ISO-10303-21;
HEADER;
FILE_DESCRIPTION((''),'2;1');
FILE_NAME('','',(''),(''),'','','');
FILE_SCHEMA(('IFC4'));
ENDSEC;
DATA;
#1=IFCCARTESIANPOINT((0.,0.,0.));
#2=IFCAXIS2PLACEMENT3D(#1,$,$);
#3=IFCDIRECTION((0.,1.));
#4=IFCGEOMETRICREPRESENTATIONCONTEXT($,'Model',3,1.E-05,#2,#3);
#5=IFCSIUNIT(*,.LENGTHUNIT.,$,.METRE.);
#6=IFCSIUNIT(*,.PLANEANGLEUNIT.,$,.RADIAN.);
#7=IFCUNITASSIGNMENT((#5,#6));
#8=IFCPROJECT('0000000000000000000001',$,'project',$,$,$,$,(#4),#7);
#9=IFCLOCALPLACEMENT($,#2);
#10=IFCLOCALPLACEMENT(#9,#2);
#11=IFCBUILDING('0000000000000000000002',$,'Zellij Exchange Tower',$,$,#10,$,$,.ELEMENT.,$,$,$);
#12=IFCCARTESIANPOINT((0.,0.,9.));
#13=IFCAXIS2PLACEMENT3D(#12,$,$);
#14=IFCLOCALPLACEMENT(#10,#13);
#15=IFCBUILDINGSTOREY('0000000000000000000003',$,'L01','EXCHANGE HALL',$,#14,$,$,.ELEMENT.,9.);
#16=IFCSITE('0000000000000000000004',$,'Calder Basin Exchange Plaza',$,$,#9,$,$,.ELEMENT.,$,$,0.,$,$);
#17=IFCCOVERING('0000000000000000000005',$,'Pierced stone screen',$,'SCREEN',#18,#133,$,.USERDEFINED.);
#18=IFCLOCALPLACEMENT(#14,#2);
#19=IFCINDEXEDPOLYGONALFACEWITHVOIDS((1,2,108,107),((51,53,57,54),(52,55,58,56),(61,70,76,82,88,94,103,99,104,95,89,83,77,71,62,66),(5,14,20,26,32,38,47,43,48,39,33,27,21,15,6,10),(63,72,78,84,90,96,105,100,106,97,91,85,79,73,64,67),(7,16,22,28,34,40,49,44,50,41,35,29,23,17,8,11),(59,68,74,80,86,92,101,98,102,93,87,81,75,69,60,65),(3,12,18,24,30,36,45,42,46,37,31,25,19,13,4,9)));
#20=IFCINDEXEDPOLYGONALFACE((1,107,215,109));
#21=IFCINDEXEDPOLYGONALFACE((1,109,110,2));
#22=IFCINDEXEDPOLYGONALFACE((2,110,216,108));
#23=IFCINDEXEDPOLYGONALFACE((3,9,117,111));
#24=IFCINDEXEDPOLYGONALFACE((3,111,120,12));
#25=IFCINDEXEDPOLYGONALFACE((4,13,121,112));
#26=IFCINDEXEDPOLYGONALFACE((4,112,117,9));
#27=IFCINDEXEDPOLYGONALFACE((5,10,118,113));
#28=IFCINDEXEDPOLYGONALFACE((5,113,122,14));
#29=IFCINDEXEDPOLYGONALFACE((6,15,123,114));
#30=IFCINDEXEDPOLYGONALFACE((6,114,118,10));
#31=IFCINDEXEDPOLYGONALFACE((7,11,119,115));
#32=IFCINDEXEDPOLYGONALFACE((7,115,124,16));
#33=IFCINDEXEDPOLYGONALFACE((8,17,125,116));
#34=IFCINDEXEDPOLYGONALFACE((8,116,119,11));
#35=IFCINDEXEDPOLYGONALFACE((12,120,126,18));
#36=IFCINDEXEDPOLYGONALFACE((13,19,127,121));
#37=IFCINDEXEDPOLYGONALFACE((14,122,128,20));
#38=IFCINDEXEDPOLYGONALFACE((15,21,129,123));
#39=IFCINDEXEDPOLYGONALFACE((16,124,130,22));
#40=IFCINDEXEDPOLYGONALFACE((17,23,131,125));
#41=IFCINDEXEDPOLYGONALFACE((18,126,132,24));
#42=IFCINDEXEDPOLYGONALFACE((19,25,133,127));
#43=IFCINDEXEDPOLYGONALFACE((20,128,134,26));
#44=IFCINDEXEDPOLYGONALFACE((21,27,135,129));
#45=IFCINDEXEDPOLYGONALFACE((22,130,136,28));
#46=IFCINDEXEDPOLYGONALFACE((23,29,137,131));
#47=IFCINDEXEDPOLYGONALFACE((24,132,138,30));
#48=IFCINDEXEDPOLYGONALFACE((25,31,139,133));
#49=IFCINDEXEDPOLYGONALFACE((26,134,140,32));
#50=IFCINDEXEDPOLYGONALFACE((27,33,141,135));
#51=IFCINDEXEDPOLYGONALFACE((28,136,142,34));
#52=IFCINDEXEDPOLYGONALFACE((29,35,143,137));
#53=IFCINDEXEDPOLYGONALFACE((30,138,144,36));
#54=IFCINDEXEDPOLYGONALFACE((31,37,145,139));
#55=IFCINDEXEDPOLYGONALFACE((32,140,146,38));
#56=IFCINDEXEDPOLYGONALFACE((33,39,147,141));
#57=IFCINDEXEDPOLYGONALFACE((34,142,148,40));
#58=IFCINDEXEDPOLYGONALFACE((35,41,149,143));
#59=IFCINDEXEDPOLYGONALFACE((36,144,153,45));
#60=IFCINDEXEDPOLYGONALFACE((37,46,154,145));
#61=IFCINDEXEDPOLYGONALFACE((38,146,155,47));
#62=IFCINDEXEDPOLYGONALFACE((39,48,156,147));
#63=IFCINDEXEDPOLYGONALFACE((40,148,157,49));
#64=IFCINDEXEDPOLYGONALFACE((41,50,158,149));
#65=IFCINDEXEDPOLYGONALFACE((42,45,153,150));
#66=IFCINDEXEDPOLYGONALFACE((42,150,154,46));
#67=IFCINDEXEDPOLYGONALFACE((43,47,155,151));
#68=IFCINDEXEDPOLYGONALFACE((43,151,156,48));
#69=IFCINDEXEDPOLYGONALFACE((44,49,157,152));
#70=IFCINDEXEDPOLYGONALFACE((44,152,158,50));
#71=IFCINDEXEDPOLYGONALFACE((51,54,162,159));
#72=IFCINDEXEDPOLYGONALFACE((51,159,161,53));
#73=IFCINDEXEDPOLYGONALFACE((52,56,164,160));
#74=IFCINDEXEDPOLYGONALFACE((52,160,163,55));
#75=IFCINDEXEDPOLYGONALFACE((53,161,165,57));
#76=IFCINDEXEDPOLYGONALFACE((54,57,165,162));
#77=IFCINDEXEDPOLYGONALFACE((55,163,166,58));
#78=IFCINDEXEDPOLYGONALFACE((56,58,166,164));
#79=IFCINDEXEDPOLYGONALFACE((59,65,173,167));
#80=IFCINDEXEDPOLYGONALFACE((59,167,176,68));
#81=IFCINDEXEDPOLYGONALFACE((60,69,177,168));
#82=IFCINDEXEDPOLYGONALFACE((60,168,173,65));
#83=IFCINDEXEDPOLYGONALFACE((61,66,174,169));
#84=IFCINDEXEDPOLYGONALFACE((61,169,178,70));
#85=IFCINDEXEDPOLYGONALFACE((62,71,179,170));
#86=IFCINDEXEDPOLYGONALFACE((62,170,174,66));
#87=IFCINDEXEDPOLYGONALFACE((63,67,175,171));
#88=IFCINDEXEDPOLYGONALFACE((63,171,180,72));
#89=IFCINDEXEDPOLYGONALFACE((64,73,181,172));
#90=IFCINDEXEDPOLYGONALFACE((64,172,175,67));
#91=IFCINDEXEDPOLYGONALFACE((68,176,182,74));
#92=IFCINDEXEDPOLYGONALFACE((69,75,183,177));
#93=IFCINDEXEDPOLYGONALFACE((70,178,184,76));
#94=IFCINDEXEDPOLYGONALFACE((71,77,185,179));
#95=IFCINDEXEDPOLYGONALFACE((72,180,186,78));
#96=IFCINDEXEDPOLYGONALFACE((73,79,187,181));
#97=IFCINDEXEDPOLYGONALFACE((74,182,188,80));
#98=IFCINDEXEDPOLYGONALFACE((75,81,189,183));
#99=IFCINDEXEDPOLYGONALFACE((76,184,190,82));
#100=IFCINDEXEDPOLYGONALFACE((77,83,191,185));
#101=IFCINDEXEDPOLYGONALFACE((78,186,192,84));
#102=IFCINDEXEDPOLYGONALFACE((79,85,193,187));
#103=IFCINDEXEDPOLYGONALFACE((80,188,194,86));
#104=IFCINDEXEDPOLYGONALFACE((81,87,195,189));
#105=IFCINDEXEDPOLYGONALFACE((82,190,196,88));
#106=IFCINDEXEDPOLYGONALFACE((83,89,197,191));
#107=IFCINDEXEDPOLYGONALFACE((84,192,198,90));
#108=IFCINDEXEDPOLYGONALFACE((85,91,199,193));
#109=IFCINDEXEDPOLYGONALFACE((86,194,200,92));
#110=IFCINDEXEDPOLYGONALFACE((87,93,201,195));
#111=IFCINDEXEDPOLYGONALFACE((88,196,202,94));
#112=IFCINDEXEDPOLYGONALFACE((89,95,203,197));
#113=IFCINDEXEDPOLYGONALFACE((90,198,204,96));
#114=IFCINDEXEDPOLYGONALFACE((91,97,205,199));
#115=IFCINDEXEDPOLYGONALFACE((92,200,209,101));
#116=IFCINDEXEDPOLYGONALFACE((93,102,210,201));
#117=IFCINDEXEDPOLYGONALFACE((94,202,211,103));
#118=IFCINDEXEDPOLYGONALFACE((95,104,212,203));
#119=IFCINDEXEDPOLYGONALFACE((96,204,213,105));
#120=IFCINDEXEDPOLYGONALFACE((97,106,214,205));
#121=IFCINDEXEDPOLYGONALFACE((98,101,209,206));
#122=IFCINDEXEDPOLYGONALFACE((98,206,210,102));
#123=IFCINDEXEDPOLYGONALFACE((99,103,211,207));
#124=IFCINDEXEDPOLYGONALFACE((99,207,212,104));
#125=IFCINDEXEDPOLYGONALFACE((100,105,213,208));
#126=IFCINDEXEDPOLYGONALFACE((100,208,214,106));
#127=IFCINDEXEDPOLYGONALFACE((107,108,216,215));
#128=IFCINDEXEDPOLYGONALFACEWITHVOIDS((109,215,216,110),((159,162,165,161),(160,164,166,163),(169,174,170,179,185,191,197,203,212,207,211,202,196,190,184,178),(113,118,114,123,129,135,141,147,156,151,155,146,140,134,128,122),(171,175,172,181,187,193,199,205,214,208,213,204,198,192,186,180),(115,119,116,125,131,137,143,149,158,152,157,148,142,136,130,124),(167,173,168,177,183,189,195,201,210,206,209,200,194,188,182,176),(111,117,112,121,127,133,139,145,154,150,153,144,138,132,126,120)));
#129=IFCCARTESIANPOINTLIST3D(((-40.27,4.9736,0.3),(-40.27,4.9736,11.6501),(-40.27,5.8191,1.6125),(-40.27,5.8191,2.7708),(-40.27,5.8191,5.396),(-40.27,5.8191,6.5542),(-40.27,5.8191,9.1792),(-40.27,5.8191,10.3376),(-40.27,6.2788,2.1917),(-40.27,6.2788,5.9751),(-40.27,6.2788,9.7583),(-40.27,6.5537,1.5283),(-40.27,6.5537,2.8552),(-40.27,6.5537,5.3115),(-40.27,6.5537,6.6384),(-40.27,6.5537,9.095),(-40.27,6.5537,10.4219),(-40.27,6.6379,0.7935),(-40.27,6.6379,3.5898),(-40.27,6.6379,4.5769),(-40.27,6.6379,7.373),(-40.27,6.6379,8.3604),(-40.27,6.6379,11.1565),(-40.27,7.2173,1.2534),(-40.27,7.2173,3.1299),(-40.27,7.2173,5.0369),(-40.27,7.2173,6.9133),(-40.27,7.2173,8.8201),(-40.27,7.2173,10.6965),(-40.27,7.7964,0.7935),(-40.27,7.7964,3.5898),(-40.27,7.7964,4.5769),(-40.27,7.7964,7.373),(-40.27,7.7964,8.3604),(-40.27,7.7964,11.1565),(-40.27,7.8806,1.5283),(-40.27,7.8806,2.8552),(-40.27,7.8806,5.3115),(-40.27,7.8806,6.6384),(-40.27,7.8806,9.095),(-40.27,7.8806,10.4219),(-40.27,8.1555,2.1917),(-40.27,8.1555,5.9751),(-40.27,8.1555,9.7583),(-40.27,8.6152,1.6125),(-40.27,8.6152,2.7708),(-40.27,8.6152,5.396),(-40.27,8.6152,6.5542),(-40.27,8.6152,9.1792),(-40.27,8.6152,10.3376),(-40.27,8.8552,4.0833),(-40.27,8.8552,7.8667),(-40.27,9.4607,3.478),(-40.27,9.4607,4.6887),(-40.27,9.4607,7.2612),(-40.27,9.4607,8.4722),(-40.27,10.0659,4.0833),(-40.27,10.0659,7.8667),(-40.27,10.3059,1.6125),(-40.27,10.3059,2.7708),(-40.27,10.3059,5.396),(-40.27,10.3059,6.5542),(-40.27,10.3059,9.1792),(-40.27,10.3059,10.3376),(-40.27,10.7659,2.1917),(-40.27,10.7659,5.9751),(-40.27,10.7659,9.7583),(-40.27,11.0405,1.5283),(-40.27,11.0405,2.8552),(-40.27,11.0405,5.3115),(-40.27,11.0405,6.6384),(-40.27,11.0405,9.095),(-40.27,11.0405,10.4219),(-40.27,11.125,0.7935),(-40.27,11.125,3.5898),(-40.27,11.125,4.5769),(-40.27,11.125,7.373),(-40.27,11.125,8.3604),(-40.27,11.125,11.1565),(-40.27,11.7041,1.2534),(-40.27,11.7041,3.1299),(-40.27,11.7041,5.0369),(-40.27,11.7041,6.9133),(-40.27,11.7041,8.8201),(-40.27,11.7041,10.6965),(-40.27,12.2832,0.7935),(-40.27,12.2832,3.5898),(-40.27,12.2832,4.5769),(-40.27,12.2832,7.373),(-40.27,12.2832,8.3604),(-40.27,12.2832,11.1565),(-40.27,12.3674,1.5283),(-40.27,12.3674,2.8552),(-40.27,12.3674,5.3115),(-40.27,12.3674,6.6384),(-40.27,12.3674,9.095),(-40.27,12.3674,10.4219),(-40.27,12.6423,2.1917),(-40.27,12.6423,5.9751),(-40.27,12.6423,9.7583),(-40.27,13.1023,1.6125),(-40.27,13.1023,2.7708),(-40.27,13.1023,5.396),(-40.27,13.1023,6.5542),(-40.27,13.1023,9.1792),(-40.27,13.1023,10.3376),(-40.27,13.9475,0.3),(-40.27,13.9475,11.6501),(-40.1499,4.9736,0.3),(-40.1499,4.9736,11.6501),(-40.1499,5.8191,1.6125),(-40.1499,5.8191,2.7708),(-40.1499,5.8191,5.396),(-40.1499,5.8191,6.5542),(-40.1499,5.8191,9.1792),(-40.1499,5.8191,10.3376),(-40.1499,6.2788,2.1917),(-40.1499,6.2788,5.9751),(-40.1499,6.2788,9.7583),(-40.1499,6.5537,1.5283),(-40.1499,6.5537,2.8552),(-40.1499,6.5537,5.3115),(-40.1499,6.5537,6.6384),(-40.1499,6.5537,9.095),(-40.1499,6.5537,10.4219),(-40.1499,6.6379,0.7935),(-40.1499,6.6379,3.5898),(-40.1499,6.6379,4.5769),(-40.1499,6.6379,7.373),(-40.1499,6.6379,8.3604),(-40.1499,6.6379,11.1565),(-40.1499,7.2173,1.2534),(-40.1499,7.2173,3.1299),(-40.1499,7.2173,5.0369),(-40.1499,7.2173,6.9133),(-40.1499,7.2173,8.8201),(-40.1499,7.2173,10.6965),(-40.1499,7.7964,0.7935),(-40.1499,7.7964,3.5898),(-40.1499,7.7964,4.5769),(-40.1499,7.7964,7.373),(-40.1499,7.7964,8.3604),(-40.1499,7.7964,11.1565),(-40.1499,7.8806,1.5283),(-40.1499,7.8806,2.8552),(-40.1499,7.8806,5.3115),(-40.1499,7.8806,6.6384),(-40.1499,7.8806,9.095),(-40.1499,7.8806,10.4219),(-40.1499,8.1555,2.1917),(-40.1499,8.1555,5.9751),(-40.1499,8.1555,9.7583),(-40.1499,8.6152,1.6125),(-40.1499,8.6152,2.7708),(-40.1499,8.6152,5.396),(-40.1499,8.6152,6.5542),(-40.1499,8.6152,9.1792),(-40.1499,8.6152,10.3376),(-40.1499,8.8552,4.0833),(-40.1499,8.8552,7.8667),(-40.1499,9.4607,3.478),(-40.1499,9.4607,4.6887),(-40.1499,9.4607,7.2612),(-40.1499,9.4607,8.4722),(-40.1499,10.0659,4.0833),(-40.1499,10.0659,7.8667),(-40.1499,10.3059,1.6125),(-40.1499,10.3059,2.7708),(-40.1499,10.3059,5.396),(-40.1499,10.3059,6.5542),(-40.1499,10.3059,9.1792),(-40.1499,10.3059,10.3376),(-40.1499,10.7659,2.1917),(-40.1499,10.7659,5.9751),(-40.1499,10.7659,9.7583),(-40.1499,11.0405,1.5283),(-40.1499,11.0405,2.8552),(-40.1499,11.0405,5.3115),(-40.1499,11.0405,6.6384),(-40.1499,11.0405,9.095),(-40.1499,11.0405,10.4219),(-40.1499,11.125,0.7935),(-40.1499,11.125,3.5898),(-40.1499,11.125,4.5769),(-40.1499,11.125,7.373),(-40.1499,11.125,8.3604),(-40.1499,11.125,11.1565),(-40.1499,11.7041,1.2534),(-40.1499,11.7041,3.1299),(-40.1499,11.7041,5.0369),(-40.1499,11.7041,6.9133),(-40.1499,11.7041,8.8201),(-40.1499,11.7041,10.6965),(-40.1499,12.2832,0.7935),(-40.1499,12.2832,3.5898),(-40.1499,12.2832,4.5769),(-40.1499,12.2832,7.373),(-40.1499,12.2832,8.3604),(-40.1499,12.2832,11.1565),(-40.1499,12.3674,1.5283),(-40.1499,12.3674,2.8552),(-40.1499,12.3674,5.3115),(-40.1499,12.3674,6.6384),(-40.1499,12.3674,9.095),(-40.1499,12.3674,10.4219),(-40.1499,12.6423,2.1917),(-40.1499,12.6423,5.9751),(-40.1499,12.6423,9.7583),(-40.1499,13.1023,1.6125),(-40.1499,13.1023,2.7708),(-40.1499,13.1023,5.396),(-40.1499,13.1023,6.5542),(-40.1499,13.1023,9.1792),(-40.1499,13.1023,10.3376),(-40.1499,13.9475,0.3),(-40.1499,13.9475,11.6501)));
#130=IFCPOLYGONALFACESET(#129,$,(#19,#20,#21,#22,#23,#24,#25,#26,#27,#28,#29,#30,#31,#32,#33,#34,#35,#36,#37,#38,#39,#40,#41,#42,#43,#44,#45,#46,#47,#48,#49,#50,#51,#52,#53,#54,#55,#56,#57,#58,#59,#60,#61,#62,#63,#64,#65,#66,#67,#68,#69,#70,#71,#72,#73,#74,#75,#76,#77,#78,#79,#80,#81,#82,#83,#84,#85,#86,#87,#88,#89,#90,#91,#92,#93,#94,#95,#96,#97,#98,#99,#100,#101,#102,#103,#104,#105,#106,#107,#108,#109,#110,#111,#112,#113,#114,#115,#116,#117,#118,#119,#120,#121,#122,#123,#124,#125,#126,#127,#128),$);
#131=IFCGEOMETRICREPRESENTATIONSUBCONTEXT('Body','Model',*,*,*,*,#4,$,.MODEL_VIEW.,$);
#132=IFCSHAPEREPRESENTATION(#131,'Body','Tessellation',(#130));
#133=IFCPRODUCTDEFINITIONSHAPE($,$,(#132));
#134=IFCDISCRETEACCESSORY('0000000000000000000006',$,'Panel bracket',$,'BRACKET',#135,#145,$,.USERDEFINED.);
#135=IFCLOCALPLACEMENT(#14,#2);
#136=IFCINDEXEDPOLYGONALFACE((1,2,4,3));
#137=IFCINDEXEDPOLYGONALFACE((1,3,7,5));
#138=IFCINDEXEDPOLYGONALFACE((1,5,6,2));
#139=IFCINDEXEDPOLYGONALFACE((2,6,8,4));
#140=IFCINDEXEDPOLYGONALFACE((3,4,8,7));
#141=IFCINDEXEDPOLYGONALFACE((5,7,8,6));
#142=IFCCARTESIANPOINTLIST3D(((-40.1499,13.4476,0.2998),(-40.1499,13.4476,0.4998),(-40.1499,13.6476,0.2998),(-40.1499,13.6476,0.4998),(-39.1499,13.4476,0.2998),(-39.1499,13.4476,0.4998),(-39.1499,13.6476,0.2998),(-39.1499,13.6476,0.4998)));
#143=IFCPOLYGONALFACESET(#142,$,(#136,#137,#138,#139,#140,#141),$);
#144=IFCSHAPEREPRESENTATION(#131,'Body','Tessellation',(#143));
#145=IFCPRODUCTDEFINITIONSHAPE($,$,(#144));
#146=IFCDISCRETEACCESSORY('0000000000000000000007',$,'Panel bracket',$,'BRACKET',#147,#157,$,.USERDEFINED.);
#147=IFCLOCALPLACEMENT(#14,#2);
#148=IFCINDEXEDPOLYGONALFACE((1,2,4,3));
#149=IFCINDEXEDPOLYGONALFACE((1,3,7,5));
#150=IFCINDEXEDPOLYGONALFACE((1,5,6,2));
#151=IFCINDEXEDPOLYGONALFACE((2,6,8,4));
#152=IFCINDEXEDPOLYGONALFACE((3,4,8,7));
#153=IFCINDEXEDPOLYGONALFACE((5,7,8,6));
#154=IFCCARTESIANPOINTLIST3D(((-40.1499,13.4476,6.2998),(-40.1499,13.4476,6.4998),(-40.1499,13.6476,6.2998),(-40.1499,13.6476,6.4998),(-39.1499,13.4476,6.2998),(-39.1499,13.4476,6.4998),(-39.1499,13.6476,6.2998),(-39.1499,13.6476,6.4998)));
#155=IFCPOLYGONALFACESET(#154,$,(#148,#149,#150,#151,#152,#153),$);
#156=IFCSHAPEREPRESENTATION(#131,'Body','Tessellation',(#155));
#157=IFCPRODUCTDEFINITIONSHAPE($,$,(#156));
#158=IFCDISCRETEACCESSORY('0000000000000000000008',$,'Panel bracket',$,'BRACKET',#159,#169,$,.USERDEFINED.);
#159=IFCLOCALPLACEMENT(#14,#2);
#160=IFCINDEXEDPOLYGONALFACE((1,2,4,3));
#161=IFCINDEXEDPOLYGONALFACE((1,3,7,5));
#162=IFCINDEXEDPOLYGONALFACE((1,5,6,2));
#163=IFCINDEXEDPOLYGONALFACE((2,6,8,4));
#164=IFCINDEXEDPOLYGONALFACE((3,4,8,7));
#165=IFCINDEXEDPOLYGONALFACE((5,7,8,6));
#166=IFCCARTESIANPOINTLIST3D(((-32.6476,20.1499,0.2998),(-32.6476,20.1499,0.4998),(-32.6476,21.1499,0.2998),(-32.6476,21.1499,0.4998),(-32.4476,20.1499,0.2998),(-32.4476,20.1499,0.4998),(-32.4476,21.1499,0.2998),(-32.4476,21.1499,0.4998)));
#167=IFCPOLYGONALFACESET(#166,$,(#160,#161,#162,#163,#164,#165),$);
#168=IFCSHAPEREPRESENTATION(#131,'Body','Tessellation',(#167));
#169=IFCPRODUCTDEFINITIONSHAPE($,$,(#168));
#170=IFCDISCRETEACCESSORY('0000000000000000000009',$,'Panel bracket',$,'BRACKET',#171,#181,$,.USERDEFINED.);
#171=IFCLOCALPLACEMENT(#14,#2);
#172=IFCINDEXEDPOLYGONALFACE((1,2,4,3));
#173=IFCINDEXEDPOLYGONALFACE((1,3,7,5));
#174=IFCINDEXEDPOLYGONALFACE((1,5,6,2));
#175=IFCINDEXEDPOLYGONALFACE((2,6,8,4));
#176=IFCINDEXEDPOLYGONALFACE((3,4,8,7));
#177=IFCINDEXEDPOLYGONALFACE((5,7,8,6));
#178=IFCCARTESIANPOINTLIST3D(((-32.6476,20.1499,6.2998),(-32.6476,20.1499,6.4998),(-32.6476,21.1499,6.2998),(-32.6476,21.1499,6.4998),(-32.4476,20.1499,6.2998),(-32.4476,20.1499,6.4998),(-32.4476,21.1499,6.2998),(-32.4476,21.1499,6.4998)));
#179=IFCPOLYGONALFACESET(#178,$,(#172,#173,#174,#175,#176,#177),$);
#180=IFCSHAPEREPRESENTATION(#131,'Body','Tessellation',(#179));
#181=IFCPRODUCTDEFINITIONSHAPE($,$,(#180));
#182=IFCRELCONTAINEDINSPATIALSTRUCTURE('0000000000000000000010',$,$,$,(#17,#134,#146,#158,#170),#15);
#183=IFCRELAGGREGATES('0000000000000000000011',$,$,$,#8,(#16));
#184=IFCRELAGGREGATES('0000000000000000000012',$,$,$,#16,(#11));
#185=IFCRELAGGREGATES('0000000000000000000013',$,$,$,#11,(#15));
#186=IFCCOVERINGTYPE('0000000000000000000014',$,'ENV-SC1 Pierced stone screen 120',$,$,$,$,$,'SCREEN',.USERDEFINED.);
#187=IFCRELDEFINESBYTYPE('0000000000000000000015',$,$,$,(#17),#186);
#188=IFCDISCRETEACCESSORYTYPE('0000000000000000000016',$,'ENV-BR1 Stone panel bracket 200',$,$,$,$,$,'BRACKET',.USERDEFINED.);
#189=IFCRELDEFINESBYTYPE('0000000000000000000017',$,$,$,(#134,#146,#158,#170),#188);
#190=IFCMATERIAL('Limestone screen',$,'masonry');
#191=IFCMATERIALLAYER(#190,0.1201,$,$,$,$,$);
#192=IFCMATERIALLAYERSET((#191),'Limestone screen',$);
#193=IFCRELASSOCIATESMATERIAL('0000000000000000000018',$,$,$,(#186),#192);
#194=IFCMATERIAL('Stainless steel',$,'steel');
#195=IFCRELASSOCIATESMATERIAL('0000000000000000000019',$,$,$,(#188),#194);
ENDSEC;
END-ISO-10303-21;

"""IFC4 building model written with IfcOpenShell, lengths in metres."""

from ifc_helpers import new_model, si_unit, direction, frame, origin, origin_2d, place, context, subcontext, project, spatial, polyline, rectangle, outline, extrude, material, layer, layer_set, type_object, element, save


model = new_model("IFC4")

# Units and contexts
model_context = context("Model", 3, precision=1e-05, world=origin(), true_north=direction((0.0, 1.0)))
body_context = subcontext(model_context, "Body", "Model", "MODEL_VIEW")
ifc_project = project(units=[si_unit("LENGTHUNIT", "METRE"), si_unit("PLANEANGLEUNIT", "RADIAN")], contexts=[model_context])

# Site, building, storey
site_placement = place(None, origin())
site = spatial("IfcSite", under=ifc_project, at=site_placement, Name="Calder Basin Exchange Plaza", CompositionType="ELEMENT", RefElevation=0.0)
building_placement = place(site_placement, origin())
building = spatial("IfcBuilding", under=site, at=building_placement, Name="Zellij Exchange Tower", CompositionType="ELEMENT")
storey_placement = place(building_placement, frame((0.0, 0.0, 9.0)))
storey = spatial("IfcBuildingStorey", under=building, at=storey_placement, Name="L01", Description="EXCHANGE HALL", CompositionType="ELEMENT", Elevation=9.0)

# Covering
ifc_material_1 = material(Name="Limestone screen", Category="masonry")
ifc_layer_1 = layer(ifc_material_1, 0.1201)
ifc_layer_set_1 = layer_set([ifc_layer_1], Name="Limestone screen")
covering_type = type_object("IfcCoveringType", Name="ENV-SC1 Pierced stone screen 120", ElementType="SCREEN", PredefinedType="USERDEFINED", material=ifc_layer_set_1)
covering_placement = place(storey_placement, frame((-40.21, 13.9475, 0.3), z_axis=(0.0, 0.0, 1.0), x_axis=(0.0, -1.0, 0.0)))
element("IfcCovering", 1, at=covering_placement, inside=storey, type_object=covering_type, Name="Pierced stone screen", ObjectType="SCREEN", PredefinedType="USERDEFINED", context=body_context, shape_type="SweptSolid", body=[
    extrude(outline(polyline([(0.0, 0.0), (8.9739, 0.0), (8.9739, 11.3501), (0.0, 11.3501), (0.0, 0.0)]), holes=[polyline([(3.6416, 2.4707), (2.907, 2.5552), (2.8225, 3.2898), (2.2434, 2.8298), (1.6643, 3.2898), (1.5801, 2.5552), (0.8452, 2.4707), (1.3052, 1.8916), (0.8452, 1.3125), (1.5801, 1.2283), (1.6643, 0.4934), (2.2434, 0.9534), (2.8225, 0.4934), (2.907, 1.2283), (3.6416, 1.3125), (3.1816, 1.8916), (3.6416, 2.4707)]), polyline([(3.6416, 6.2542), (2.907, 6.3384), (2.8225, 7.073), (2.2434, 6.6133), (1.6643, 7.073), (1.5801, 6.3384), (0.8452, 6.2542), (1.3052, 5.675), (0.8452, 5.0959), (1.5801, 5.0115), (1.6643, 4.2769), (2.2434, 4.7368), (2.8225, 4.2769), (2.907, 5.0115), (3.6416, 5.0959), (3.1816, 5.675), (3.6416, 6.2542)]), polyline([(3.6416, 10.0376), (2.907, 10.1218), (2.8225, 10.8564), (2.2434, 10.3965), (1.6643, 10.8564), (1.5801, 10.1218), (0.8452, 10.0376), (1.3052, 9.4583), (0.8452, 8.8792), (1.5801, 8.7949), (1.6643, 8.0603), (2.2434, 8.52), (2.8225, 8.0603), (2.907, 8.7949), (3.6416, 8.8792), (3.1816, 9.4583), (3.6416, 10.0376)]), polyline([(8.1284, 2.4707), (7.3938, 2.5552), (7.3096, 3.2898), (6.7302, 2.8298), (6.1511, 3.2898), (6.0669, 2.5552), (5.3323, 2.4707), (5.792, 1.8916), (5.3323, 1.3125), (6.0669, 1.2283), (6.1511, 0.4934), (6.7302, 0.9534), (7.3096, 0.4934), (7.3938, 1.2283), (8.1284, 1.3125), (7.6687, 1.8916), (8.1284, 2.4707)]), polyline([(8.1284, 6.2542), (7.3938, 6.3384), (7.3096, 7.073), (6.7302, 6.6133), (6.1511, 7.073), (6.0669, 6.3384), (5.3323, 6.2542), (5.792, 5.675), (5.3323, 5.0959), (6.0669, 5.0115), (6.1511, 4.2769), (6.7302, 4.7368), (7.3096, 4.2769), (7.3938, 5.0115), (8.1284, 5.0959), (7.6687, 5.675), (8.1284, 6.2542)]), polyline([(8.1284, 10.0376), (7.3938, 10.1218), (7.3096, 10.8564), (6.7302, 10.3965), (6.1511, 10.8564), (6.0669, 10.1218), (5.3323, 10.0376), (5.792, 9.4583), (5.3323, 8.8792), (6.0669, 8.7949), (6.1511, 8.0603), (6.7302, 8.52), (7.3096, 8.0603), (7.3938, 8.7949), (8.1284, 8.8792), (7.6687, 9.4583), (8.1284, 10.0376)]), polyline([(5.0923, 3.7832), (4.4868, 4.3887), (3.8816, 3.7832), (4.4868, 3.178), (5.0923, 3.7832)]), polyline([(5.0923, 7.5667), (4.4868, 8.1721), (3.8816, 7.5667), (4.4868, 6.9612), (5.0923, 7.5667)])]), frame((0.0, 0.0601, 0.0), z_axis=(0.0, -1.0, 0.0), x_axis=(1.0, 0.0, 0.0)), (0.0, 0.0, 1.0), 0.1201),
])

# Discrete accessories
ifc_material_2 = material(Name="Stainless steel", Category="steel")
discrete_accessory_type = type_object("IfcDiscreteAccessoryType", Name="ENV-BR1 Stone panel bracket 200", ElementType="BRACKET", PredefinedType="USERDEFINED", material=ifc_material_2)
for number, where, z_axis, x_axis, name in (
    (2, (-39.6499, 13.5476, 0.2998), (0.0, 0.0, 1.0), (0.0, -1.0, 0.0), "Panel bracket"),
    (3, (-39.6499, 13.5476, 6.2998), (0.0, 0.0, 1.0), (0.0, -1.0, 0.0), "Panel bracket"),
    (4, (-32.5476, 20.6499, 0.2998), (0.0, 0.0, 1.0), (-1.0, 0.0, 0.0), "Panel bracket"),
    (5, (-32.5476, 20.6499, 6.2998), (0.0, 0.0, 1.0), (-1.0, 0.0, 0.0), "Panel bracket"),
):
    element("IfcDiscreteAccessory", number, at=place(storey_placement, frame(where, z_axis=z_axis, x_axis=x_axis)), inside=storey, type_object=discrete_accessory_type, Name=name, ObjectType="BRACKET", PredefinedType="USERDEFINED", context=body_context, shape_type="SweptSolid", body=[
        extrude(rectangle(XDim=0.2, YDim=1.0, at=origin_2d()), origin(), (0.0, 0.0, 1.0), 0.2),
    ])

save(model, "model.ifc")
